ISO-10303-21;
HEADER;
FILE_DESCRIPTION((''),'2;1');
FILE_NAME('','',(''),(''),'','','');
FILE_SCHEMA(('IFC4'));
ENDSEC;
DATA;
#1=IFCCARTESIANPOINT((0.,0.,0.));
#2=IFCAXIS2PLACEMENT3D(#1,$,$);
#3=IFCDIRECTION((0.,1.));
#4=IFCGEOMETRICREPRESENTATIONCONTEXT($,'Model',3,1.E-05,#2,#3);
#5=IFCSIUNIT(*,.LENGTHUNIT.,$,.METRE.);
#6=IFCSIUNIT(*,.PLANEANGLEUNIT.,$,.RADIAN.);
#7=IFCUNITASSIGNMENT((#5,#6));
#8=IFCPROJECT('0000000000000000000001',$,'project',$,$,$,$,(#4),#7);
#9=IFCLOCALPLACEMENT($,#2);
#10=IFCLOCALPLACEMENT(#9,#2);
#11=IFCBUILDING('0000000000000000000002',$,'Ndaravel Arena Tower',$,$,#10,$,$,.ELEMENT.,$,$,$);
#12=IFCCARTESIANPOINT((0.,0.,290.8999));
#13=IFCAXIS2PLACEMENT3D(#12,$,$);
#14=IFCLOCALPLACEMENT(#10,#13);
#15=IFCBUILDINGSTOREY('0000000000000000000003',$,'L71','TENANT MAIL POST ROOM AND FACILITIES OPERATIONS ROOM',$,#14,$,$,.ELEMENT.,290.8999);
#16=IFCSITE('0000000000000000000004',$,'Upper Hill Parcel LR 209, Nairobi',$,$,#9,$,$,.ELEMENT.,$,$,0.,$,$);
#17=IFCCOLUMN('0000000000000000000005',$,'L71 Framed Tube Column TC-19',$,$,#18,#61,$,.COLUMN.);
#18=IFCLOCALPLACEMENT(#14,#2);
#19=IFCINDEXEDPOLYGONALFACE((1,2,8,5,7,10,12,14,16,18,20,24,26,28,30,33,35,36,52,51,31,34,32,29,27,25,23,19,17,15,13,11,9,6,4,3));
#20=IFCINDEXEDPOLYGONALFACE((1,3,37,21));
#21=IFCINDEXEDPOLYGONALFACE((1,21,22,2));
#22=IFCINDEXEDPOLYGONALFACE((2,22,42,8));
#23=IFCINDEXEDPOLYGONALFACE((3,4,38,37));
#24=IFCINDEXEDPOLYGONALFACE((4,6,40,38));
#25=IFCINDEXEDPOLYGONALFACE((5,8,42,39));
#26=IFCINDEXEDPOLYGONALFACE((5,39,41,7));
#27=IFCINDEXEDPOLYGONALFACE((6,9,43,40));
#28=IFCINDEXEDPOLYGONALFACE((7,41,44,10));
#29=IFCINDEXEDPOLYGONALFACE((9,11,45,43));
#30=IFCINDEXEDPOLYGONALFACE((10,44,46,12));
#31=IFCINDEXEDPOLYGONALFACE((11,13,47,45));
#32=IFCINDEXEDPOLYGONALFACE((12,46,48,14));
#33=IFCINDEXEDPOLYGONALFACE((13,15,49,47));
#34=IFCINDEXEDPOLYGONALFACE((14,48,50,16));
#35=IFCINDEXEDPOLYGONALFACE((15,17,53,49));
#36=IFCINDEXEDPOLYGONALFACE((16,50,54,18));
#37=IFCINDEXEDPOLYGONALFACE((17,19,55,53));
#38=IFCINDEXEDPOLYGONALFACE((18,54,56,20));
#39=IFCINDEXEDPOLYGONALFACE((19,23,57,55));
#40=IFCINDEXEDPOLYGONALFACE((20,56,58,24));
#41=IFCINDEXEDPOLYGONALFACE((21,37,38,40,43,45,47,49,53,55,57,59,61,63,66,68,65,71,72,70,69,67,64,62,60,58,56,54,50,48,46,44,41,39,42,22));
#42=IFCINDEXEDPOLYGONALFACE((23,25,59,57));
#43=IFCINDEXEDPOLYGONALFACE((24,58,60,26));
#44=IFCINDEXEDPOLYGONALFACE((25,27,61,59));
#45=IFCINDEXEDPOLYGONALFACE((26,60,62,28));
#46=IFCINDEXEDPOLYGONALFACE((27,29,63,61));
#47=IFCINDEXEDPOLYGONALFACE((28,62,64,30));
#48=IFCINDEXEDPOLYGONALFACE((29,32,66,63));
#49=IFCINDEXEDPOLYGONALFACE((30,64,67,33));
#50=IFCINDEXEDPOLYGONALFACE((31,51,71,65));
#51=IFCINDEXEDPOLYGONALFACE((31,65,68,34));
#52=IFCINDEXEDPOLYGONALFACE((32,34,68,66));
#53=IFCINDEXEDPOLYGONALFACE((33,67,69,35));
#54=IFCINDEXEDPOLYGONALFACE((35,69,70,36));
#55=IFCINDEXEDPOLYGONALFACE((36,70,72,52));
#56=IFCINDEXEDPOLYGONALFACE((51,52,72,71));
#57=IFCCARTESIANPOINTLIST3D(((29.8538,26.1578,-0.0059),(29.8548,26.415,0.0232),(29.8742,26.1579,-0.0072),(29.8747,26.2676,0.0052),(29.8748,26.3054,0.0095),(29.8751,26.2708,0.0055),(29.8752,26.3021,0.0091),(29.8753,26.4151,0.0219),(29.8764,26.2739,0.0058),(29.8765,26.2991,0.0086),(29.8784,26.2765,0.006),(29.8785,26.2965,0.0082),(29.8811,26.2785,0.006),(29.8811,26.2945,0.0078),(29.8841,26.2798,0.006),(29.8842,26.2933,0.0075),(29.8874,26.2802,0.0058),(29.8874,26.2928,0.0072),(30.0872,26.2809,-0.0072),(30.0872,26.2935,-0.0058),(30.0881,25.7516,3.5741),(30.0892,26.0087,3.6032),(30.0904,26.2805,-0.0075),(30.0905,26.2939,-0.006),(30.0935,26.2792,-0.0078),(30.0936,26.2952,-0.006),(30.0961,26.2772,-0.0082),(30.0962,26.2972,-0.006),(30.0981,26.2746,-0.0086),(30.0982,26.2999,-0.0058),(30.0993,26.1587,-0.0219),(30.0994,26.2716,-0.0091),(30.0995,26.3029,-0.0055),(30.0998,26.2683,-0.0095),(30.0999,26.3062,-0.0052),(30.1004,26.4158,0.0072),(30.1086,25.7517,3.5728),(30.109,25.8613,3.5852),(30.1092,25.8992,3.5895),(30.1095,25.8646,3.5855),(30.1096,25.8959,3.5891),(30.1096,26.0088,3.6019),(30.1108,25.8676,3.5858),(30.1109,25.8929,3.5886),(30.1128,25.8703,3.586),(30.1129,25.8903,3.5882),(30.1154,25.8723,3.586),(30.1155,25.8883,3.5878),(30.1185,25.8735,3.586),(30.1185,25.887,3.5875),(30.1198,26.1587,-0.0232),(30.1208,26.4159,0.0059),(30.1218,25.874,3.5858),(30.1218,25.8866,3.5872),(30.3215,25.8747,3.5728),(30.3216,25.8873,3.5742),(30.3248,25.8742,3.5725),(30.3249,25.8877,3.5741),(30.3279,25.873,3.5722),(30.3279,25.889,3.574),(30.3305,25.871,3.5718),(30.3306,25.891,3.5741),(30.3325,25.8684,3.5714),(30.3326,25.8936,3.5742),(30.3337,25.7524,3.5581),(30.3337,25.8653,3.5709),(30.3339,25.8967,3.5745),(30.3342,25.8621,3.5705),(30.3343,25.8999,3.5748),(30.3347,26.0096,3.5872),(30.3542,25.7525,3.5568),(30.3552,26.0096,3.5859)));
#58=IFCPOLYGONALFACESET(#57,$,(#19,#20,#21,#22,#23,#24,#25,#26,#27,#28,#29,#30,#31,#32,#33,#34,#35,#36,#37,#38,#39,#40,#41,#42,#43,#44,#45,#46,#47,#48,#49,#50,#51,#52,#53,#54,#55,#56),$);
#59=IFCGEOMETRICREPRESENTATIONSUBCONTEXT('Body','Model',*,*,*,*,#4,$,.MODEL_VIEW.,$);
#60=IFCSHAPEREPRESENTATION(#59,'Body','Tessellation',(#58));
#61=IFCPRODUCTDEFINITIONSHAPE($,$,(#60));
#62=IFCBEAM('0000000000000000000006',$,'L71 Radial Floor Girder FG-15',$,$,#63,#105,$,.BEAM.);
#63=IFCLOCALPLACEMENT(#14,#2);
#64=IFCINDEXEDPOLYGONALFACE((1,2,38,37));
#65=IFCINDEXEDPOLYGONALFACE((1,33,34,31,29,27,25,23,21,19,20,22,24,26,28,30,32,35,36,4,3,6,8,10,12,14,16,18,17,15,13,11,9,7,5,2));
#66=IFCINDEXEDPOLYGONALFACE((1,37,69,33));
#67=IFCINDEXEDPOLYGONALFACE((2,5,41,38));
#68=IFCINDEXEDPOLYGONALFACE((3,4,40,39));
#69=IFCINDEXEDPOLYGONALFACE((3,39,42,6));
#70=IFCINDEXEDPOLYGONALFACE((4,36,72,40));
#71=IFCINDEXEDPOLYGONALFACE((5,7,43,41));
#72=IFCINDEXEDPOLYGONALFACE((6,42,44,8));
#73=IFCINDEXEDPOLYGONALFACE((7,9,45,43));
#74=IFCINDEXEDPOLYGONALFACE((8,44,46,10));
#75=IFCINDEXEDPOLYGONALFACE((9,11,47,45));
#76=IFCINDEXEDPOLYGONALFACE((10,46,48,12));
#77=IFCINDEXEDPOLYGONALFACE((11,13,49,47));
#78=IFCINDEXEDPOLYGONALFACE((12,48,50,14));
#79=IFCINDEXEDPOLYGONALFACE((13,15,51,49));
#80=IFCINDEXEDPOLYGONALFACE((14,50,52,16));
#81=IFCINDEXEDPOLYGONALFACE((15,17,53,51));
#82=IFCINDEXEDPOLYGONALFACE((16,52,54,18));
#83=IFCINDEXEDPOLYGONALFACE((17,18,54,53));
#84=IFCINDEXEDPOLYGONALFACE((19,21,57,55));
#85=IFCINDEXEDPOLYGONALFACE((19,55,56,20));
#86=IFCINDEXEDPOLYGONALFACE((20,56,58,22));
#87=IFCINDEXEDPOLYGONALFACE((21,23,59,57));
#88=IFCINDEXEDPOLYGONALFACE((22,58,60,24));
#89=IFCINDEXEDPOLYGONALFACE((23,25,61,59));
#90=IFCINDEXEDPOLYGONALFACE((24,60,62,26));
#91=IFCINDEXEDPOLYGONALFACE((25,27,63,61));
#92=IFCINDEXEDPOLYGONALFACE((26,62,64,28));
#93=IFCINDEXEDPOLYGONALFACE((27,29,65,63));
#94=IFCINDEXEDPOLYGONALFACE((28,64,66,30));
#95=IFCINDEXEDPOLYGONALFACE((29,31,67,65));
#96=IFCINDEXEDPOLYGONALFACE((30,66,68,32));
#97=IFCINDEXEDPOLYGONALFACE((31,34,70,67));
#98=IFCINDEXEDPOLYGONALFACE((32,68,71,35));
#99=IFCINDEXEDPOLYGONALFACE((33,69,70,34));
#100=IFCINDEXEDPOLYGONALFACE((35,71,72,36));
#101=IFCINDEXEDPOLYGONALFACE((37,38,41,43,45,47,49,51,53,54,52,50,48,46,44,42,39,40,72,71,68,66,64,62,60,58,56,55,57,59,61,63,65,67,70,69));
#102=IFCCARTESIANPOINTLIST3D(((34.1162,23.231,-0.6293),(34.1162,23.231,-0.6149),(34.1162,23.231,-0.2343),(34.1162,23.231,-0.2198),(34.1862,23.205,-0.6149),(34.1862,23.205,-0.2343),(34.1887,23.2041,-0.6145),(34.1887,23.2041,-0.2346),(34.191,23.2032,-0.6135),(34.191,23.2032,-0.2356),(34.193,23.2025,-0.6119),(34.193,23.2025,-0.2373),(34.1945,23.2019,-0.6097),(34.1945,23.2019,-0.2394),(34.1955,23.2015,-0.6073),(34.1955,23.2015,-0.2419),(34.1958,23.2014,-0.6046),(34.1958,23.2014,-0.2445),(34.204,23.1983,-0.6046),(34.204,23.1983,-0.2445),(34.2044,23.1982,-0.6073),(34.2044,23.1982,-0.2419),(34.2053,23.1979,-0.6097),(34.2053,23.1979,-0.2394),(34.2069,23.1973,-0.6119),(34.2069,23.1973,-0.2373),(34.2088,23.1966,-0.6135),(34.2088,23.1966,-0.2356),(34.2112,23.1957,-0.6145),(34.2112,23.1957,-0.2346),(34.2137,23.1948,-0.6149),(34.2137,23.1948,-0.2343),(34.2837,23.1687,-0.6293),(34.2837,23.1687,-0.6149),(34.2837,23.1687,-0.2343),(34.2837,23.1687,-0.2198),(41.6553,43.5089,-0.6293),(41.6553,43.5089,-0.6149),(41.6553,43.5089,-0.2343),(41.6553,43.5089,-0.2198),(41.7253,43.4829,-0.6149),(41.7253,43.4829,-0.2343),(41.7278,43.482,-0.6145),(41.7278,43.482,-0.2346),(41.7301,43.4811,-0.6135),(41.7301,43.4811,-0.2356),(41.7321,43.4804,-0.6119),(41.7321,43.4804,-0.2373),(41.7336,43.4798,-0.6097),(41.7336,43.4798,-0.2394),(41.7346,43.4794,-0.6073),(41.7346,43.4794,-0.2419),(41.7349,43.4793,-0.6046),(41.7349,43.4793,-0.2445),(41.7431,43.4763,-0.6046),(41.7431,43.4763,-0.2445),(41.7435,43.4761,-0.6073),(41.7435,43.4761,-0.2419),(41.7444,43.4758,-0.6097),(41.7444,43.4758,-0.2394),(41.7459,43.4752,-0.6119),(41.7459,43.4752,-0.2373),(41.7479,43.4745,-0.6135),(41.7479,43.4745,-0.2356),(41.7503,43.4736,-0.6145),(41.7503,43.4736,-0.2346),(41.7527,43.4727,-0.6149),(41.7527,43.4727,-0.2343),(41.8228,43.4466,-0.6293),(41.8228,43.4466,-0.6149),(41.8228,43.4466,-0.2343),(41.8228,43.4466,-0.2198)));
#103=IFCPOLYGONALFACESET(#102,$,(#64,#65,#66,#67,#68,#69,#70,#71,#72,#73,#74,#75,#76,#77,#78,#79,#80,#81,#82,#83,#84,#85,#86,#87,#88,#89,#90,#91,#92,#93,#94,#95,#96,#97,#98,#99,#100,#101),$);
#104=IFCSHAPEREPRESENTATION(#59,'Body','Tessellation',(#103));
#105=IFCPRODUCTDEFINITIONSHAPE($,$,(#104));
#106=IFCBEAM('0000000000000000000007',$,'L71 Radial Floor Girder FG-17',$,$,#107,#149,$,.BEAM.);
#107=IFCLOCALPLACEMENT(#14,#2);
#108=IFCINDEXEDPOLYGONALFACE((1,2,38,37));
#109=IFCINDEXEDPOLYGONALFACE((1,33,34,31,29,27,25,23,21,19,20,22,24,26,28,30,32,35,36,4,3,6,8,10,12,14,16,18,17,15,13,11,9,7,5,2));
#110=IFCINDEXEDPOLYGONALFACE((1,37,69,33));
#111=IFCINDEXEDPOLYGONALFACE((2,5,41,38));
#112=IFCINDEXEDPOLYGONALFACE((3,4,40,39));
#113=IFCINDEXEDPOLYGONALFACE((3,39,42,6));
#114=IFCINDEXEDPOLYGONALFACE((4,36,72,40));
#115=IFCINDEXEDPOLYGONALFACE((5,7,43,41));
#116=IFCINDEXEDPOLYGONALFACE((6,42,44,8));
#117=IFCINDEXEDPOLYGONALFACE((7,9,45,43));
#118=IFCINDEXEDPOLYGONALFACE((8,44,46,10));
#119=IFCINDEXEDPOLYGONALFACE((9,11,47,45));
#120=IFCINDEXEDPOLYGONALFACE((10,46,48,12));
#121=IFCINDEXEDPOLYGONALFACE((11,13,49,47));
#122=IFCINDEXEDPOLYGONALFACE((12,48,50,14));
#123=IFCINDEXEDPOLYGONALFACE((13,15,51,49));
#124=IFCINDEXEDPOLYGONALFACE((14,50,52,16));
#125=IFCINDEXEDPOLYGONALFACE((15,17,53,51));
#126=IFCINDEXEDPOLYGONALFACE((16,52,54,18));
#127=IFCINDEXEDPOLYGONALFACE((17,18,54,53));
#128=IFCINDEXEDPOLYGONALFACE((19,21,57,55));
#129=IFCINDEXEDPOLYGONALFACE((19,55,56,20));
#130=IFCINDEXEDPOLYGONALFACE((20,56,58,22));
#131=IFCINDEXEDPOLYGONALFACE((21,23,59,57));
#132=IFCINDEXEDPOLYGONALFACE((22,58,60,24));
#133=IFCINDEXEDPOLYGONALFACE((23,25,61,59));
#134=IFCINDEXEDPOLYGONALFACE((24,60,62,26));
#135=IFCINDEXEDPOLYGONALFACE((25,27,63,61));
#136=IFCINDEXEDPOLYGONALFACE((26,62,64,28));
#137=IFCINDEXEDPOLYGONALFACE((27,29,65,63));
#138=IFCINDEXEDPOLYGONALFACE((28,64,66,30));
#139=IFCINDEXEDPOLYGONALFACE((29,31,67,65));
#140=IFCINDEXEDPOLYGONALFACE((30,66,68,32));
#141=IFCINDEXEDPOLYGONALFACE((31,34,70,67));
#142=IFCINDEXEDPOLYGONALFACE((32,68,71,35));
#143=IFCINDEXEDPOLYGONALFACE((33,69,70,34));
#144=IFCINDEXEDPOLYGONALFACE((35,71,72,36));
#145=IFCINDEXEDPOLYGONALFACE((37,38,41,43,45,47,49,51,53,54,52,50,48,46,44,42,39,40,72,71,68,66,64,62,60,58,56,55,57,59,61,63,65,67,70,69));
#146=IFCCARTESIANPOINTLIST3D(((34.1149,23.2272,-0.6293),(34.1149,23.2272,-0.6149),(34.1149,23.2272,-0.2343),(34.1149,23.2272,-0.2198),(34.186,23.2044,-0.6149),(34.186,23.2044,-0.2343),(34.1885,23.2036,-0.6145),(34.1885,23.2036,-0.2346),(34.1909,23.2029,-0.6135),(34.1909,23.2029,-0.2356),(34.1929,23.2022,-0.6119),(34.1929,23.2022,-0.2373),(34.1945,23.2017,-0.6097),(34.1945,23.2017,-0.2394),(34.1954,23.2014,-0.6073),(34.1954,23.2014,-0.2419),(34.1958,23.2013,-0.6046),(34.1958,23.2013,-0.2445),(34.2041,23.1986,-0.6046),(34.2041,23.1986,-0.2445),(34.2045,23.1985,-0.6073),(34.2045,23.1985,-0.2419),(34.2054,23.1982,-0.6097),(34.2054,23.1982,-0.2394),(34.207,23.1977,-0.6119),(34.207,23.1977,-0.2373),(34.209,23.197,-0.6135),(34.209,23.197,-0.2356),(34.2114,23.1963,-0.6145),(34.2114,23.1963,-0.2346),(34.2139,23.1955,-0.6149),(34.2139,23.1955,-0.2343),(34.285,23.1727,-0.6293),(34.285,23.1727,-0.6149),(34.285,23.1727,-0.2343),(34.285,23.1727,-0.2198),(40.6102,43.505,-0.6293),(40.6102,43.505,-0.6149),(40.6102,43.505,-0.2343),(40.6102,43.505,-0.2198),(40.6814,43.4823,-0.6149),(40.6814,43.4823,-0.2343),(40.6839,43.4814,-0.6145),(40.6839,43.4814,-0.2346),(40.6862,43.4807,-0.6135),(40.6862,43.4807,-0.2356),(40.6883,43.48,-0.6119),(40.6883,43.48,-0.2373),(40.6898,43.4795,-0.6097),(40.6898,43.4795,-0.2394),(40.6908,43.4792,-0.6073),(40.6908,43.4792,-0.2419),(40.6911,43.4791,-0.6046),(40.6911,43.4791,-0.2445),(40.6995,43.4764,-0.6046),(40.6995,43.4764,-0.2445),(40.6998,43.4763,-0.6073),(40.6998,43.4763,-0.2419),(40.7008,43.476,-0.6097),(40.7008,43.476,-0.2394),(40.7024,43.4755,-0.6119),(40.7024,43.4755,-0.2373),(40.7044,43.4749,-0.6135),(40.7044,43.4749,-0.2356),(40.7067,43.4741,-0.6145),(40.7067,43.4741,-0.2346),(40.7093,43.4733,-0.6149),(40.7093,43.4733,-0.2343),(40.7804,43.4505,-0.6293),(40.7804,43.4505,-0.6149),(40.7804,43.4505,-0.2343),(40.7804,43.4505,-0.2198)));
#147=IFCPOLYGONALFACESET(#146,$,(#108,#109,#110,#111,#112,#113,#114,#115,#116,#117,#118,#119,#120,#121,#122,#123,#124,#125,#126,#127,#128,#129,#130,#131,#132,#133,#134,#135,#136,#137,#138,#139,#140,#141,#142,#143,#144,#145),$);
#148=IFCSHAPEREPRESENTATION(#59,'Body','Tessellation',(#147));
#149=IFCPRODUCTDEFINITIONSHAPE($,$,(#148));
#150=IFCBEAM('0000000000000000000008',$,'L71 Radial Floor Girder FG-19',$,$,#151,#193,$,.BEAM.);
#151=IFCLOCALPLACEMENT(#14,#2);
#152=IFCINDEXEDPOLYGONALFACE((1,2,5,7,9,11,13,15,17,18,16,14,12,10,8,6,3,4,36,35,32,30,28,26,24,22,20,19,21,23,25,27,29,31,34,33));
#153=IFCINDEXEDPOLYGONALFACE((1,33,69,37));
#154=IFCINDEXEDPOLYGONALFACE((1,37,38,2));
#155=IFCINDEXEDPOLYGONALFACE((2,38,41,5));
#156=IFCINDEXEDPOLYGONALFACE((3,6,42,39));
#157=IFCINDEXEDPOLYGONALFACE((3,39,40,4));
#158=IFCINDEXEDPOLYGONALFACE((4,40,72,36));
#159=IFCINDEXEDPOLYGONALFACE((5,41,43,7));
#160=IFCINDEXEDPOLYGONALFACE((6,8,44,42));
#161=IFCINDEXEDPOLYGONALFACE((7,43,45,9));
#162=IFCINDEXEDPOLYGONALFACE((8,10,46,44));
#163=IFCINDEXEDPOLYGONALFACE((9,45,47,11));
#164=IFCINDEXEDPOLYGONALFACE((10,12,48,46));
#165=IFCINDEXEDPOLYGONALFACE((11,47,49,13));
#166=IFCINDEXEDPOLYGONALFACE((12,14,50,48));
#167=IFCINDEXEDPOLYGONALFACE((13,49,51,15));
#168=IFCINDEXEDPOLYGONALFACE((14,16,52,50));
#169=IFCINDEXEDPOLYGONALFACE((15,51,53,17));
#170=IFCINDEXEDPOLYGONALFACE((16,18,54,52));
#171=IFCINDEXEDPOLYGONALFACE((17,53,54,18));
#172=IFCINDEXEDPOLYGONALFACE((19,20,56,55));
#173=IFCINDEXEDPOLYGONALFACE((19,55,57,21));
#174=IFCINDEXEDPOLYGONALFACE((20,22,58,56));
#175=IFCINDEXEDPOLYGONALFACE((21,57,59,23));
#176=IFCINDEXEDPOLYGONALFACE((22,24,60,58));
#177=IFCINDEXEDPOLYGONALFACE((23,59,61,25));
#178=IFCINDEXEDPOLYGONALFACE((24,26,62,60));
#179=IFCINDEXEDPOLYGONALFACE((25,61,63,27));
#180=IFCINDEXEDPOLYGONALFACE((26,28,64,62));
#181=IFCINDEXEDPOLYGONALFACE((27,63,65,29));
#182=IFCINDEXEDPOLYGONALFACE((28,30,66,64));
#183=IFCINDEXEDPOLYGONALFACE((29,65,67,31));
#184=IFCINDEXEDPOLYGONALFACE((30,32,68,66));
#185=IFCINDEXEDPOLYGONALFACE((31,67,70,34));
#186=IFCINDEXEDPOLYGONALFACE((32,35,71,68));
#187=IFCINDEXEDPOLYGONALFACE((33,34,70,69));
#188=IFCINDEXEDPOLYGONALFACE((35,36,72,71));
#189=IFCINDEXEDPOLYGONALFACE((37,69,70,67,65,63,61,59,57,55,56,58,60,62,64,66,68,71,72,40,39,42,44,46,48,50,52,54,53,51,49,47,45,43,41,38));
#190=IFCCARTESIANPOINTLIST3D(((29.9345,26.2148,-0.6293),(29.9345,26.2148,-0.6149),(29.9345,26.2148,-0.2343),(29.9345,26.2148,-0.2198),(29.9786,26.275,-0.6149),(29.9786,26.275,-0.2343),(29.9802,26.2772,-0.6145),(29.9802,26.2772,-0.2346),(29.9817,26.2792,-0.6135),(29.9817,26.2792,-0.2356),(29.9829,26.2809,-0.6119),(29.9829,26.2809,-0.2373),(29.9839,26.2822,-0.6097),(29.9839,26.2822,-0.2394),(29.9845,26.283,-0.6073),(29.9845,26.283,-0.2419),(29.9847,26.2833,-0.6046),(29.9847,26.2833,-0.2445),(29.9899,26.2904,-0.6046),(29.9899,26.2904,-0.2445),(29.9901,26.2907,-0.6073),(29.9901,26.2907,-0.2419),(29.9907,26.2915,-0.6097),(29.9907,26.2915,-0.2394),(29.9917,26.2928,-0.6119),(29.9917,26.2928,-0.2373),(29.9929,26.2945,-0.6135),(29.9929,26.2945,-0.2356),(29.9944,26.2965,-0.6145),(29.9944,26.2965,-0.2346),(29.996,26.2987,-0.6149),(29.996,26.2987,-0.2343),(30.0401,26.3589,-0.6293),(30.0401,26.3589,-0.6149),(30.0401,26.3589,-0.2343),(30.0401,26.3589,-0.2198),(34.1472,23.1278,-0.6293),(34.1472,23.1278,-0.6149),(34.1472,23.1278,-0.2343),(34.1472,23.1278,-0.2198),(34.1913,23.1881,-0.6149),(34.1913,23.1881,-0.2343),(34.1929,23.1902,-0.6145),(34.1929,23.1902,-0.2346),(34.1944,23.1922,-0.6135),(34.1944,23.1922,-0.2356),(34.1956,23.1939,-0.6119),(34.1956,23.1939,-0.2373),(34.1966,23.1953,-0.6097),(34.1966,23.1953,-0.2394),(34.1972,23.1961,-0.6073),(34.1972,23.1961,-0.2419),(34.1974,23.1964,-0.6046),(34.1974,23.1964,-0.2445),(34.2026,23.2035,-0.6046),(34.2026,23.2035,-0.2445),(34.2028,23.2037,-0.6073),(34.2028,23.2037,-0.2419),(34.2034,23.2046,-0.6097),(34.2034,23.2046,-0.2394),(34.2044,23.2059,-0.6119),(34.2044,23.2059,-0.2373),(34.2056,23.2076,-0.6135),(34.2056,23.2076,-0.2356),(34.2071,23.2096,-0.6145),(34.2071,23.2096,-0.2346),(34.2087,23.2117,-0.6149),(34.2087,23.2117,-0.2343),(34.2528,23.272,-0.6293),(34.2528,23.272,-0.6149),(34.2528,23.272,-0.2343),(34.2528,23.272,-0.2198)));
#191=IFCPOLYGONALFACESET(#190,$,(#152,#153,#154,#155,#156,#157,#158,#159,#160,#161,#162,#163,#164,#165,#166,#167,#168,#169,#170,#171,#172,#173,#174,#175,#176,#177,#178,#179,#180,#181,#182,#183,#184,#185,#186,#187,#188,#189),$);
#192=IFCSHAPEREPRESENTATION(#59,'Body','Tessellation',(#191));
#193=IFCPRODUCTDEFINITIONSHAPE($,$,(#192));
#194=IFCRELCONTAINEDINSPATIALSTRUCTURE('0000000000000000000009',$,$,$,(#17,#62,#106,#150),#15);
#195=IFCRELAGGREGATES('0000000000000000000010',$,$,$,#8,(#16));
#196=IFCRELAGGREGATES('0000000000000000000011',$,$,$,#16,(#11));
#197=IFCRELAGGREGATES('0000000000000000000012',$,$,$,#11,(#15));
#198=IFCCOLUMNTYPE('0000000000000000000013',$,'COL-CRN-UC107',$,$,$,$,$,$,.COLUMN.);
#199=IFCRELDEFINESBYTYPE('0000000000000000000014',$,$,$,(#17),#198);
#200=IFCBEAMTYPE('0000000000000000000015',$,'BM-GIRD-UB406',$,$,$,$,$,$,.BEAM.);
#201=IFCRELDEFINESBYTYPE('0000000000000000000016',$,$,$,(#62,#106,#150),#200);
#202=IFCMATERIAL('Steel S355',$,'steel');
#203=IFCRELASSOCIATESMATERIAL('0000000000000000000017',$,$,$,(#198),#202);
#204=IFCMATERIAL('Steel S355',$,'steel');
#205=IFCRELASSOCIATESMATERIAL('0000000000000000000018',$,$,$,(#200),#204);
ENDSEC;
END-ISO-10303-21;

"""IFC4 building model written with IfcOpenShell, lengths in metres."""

from ifc_helpers import new_model, si_unit, direction, frame, origin, origin_2d, place, context, subcontext, project, spatial, i_section, extrude, material, material_profile, profile_set, type_object, element, save


model = new_model("IFC4")

# Units and contexts
model_context = context("Model", 3, precision=1e-05, world=origin(), true_north=direction((0.0, 1.0)))
body_context = subcontext(model_context, "Body", "Model", "MODEL_VIEW")
ifc_project = project(units=[si_unit("LENGTHUNIT", "METRE"), si_unit("PLANEANGLEUNIT", "RADIAN")], contexts=[model_context])

# Site, building, storey
site_placement = place(None, origin())
site = spatial("IfcSite", under=ifc_project, at=site_placement, Name="Upper Hill Parcel LR 209, Nairobi", CompositionType="ELEMENT", RefElevation=0.0)
building_placement = place(site_placement, origin())
building = spatial("IfcBuilding", under=site, at=building_placement, Name="Ndaravel Arena Tower", CompositionType="ELEMENT")
storey_placement = place(building_placement, frame((0.0, 0.0, 290.8999)))
storey = spatial("IfcBuildingStorey", under=building, at=storey_placement, Name="L71", Description="TENANT MAIL POST ROOM AND FACILITIES OPERATIONS ROOM", CompositionType="ELEMENT", Elevation=290.8999)

# Column
ifc_material_1 = material(Name="Steel S355", Category="steel")
ifc_material_profile_1 = material_profile(ifc_material_1, i_section(OverallWidth=0.2588, OverallDepth=0.2666, WebThickness=0.0127, FlangeThickness=0.0205, FilletRadius=0.0127, at=origin_2d()), Name="UC 254x254x107")
ifc_profile_set_1 = profile_set([ifc_material_profile_1], Name="Steel S355")
column_type = type_object("IfcColumnType", Name="COL-CRN-UC107", PredefinedType="COLUMN", material=ifc_profile_set_1)
column_1_placement = place(storey_placement, frame((29.9873, 26.2869, 0.0), z_axis=(0.064912, -0.112514, 0.991528), x_axis=(0.003987, 0.993645, 0.112493)))
element("IfcColumn", 1, at=column_1_placement, inside=storey, type_object=column_type, Name="L71 Framed Tube Column TC-19", PredefinedType="COLUMN", context=body_context, shape_type="SweptSolid", body=[
    extrude(i_section(OverallWidth=0.2588, OverallDepth=0.2666, WebThickness=0.0127, FlangeThickness=0.0205, FilletRadius=0.0127, at=origin_2d()), origin(), (0.0, 0.0, 1.0), 3.6106),
])

# Beams
ifc_material_2 = material(Name="Steel S355", Category="steel")
ifc_material_profile_2 = material_profile(ifc_material_2, i_section(OverallWidth=0.1787, OverallDepth=0.4094, WebThickness=0.0088, FlangeThickness=0.0144, FilletRadius=0.0103, at=origin_2d()), Name="UB 406x178x67")
ifc_profile_set_2 = profile_set([ifc_material_profile_2], Name="Steel S355")
beam_type_1 = type_object("IfcBeamType", Name="BM-GIRD-UB406", PredefinedType="BEAM", material=ifc_profile_set_2)
beam_1_placement = place(storey_placement, frame((41.739, 43.4778, -0.4246), z_axis=(-0.348483, -0.937315, 0.0), x_axis=(0.937315, -0.348483, 0.0)))
element("IfcBeam", 2, at=beam_1_placement, inside=storey, type_object=beam_type_1, Name="L71 Radial Floor Girder FG-15", PredefinedType="BEAM", context=body_context, shape_type="SweptSolid", body=[
    extrude(i_section(OverallWidth=0.1787, OverallDepth=0.4094, WebThickness=0.0088, FlangeThickness=0.0144, FilletRadius=0.0103, at=origin_2d()), origin(), (0.0, 0.0, 1.0), 21.634),
])
beam_2_placement = place(storey_placement, frame((40.6953, 43.4778, -0.4246), z_axis=(-0.305051, -0.952336, 0.0), x_axis=(0.952336, -0.305051, 0.0)))
element("IfcBeam", 3, at=beam_2_placement, inside=storey, type_object=beam_type_1, Name="L71 Radial Floor Girder FG-17", PredefinedType="BEAM", context=body_context, shape_type="SweptSolid", body=[
    extrude(i_section(OverallWidth=0.1787, OverallDepth=0.4094, WebThickness=0.0088, FlangeThickness=0.0144, FilletRadius=0.0103, at=origin_2d()), origin(), (0.0, 0.0, 1.0), 21.2927),
])
beam_3_placement = place(storey_placement, frame((29.9873, 26.2869, -0.4246), z_axis=(0.80662, -0.59107, 0.0), x_axis=(0.59107, 0.80662, 0.0)))
element("IfcBeam", 4, at=beam_3_placement, inside=storey, type_object=beam_type_1, Name="L71 Radial Floor Girder FG-19", PredefinedType="BEAM", context=body_context, shape_type="SweptSolid", body=[
    extrude(i_section(OverallWidth=0.1787, OverallDepth=0.4094, WebThickness=0.0088, FlangeThickness=0.0144, FilletRadius=0.0103, at=origin_2d()), origin(), (0.0, 0.0, 1.0), 5.2227),
])

save(model, "model.ifc")
